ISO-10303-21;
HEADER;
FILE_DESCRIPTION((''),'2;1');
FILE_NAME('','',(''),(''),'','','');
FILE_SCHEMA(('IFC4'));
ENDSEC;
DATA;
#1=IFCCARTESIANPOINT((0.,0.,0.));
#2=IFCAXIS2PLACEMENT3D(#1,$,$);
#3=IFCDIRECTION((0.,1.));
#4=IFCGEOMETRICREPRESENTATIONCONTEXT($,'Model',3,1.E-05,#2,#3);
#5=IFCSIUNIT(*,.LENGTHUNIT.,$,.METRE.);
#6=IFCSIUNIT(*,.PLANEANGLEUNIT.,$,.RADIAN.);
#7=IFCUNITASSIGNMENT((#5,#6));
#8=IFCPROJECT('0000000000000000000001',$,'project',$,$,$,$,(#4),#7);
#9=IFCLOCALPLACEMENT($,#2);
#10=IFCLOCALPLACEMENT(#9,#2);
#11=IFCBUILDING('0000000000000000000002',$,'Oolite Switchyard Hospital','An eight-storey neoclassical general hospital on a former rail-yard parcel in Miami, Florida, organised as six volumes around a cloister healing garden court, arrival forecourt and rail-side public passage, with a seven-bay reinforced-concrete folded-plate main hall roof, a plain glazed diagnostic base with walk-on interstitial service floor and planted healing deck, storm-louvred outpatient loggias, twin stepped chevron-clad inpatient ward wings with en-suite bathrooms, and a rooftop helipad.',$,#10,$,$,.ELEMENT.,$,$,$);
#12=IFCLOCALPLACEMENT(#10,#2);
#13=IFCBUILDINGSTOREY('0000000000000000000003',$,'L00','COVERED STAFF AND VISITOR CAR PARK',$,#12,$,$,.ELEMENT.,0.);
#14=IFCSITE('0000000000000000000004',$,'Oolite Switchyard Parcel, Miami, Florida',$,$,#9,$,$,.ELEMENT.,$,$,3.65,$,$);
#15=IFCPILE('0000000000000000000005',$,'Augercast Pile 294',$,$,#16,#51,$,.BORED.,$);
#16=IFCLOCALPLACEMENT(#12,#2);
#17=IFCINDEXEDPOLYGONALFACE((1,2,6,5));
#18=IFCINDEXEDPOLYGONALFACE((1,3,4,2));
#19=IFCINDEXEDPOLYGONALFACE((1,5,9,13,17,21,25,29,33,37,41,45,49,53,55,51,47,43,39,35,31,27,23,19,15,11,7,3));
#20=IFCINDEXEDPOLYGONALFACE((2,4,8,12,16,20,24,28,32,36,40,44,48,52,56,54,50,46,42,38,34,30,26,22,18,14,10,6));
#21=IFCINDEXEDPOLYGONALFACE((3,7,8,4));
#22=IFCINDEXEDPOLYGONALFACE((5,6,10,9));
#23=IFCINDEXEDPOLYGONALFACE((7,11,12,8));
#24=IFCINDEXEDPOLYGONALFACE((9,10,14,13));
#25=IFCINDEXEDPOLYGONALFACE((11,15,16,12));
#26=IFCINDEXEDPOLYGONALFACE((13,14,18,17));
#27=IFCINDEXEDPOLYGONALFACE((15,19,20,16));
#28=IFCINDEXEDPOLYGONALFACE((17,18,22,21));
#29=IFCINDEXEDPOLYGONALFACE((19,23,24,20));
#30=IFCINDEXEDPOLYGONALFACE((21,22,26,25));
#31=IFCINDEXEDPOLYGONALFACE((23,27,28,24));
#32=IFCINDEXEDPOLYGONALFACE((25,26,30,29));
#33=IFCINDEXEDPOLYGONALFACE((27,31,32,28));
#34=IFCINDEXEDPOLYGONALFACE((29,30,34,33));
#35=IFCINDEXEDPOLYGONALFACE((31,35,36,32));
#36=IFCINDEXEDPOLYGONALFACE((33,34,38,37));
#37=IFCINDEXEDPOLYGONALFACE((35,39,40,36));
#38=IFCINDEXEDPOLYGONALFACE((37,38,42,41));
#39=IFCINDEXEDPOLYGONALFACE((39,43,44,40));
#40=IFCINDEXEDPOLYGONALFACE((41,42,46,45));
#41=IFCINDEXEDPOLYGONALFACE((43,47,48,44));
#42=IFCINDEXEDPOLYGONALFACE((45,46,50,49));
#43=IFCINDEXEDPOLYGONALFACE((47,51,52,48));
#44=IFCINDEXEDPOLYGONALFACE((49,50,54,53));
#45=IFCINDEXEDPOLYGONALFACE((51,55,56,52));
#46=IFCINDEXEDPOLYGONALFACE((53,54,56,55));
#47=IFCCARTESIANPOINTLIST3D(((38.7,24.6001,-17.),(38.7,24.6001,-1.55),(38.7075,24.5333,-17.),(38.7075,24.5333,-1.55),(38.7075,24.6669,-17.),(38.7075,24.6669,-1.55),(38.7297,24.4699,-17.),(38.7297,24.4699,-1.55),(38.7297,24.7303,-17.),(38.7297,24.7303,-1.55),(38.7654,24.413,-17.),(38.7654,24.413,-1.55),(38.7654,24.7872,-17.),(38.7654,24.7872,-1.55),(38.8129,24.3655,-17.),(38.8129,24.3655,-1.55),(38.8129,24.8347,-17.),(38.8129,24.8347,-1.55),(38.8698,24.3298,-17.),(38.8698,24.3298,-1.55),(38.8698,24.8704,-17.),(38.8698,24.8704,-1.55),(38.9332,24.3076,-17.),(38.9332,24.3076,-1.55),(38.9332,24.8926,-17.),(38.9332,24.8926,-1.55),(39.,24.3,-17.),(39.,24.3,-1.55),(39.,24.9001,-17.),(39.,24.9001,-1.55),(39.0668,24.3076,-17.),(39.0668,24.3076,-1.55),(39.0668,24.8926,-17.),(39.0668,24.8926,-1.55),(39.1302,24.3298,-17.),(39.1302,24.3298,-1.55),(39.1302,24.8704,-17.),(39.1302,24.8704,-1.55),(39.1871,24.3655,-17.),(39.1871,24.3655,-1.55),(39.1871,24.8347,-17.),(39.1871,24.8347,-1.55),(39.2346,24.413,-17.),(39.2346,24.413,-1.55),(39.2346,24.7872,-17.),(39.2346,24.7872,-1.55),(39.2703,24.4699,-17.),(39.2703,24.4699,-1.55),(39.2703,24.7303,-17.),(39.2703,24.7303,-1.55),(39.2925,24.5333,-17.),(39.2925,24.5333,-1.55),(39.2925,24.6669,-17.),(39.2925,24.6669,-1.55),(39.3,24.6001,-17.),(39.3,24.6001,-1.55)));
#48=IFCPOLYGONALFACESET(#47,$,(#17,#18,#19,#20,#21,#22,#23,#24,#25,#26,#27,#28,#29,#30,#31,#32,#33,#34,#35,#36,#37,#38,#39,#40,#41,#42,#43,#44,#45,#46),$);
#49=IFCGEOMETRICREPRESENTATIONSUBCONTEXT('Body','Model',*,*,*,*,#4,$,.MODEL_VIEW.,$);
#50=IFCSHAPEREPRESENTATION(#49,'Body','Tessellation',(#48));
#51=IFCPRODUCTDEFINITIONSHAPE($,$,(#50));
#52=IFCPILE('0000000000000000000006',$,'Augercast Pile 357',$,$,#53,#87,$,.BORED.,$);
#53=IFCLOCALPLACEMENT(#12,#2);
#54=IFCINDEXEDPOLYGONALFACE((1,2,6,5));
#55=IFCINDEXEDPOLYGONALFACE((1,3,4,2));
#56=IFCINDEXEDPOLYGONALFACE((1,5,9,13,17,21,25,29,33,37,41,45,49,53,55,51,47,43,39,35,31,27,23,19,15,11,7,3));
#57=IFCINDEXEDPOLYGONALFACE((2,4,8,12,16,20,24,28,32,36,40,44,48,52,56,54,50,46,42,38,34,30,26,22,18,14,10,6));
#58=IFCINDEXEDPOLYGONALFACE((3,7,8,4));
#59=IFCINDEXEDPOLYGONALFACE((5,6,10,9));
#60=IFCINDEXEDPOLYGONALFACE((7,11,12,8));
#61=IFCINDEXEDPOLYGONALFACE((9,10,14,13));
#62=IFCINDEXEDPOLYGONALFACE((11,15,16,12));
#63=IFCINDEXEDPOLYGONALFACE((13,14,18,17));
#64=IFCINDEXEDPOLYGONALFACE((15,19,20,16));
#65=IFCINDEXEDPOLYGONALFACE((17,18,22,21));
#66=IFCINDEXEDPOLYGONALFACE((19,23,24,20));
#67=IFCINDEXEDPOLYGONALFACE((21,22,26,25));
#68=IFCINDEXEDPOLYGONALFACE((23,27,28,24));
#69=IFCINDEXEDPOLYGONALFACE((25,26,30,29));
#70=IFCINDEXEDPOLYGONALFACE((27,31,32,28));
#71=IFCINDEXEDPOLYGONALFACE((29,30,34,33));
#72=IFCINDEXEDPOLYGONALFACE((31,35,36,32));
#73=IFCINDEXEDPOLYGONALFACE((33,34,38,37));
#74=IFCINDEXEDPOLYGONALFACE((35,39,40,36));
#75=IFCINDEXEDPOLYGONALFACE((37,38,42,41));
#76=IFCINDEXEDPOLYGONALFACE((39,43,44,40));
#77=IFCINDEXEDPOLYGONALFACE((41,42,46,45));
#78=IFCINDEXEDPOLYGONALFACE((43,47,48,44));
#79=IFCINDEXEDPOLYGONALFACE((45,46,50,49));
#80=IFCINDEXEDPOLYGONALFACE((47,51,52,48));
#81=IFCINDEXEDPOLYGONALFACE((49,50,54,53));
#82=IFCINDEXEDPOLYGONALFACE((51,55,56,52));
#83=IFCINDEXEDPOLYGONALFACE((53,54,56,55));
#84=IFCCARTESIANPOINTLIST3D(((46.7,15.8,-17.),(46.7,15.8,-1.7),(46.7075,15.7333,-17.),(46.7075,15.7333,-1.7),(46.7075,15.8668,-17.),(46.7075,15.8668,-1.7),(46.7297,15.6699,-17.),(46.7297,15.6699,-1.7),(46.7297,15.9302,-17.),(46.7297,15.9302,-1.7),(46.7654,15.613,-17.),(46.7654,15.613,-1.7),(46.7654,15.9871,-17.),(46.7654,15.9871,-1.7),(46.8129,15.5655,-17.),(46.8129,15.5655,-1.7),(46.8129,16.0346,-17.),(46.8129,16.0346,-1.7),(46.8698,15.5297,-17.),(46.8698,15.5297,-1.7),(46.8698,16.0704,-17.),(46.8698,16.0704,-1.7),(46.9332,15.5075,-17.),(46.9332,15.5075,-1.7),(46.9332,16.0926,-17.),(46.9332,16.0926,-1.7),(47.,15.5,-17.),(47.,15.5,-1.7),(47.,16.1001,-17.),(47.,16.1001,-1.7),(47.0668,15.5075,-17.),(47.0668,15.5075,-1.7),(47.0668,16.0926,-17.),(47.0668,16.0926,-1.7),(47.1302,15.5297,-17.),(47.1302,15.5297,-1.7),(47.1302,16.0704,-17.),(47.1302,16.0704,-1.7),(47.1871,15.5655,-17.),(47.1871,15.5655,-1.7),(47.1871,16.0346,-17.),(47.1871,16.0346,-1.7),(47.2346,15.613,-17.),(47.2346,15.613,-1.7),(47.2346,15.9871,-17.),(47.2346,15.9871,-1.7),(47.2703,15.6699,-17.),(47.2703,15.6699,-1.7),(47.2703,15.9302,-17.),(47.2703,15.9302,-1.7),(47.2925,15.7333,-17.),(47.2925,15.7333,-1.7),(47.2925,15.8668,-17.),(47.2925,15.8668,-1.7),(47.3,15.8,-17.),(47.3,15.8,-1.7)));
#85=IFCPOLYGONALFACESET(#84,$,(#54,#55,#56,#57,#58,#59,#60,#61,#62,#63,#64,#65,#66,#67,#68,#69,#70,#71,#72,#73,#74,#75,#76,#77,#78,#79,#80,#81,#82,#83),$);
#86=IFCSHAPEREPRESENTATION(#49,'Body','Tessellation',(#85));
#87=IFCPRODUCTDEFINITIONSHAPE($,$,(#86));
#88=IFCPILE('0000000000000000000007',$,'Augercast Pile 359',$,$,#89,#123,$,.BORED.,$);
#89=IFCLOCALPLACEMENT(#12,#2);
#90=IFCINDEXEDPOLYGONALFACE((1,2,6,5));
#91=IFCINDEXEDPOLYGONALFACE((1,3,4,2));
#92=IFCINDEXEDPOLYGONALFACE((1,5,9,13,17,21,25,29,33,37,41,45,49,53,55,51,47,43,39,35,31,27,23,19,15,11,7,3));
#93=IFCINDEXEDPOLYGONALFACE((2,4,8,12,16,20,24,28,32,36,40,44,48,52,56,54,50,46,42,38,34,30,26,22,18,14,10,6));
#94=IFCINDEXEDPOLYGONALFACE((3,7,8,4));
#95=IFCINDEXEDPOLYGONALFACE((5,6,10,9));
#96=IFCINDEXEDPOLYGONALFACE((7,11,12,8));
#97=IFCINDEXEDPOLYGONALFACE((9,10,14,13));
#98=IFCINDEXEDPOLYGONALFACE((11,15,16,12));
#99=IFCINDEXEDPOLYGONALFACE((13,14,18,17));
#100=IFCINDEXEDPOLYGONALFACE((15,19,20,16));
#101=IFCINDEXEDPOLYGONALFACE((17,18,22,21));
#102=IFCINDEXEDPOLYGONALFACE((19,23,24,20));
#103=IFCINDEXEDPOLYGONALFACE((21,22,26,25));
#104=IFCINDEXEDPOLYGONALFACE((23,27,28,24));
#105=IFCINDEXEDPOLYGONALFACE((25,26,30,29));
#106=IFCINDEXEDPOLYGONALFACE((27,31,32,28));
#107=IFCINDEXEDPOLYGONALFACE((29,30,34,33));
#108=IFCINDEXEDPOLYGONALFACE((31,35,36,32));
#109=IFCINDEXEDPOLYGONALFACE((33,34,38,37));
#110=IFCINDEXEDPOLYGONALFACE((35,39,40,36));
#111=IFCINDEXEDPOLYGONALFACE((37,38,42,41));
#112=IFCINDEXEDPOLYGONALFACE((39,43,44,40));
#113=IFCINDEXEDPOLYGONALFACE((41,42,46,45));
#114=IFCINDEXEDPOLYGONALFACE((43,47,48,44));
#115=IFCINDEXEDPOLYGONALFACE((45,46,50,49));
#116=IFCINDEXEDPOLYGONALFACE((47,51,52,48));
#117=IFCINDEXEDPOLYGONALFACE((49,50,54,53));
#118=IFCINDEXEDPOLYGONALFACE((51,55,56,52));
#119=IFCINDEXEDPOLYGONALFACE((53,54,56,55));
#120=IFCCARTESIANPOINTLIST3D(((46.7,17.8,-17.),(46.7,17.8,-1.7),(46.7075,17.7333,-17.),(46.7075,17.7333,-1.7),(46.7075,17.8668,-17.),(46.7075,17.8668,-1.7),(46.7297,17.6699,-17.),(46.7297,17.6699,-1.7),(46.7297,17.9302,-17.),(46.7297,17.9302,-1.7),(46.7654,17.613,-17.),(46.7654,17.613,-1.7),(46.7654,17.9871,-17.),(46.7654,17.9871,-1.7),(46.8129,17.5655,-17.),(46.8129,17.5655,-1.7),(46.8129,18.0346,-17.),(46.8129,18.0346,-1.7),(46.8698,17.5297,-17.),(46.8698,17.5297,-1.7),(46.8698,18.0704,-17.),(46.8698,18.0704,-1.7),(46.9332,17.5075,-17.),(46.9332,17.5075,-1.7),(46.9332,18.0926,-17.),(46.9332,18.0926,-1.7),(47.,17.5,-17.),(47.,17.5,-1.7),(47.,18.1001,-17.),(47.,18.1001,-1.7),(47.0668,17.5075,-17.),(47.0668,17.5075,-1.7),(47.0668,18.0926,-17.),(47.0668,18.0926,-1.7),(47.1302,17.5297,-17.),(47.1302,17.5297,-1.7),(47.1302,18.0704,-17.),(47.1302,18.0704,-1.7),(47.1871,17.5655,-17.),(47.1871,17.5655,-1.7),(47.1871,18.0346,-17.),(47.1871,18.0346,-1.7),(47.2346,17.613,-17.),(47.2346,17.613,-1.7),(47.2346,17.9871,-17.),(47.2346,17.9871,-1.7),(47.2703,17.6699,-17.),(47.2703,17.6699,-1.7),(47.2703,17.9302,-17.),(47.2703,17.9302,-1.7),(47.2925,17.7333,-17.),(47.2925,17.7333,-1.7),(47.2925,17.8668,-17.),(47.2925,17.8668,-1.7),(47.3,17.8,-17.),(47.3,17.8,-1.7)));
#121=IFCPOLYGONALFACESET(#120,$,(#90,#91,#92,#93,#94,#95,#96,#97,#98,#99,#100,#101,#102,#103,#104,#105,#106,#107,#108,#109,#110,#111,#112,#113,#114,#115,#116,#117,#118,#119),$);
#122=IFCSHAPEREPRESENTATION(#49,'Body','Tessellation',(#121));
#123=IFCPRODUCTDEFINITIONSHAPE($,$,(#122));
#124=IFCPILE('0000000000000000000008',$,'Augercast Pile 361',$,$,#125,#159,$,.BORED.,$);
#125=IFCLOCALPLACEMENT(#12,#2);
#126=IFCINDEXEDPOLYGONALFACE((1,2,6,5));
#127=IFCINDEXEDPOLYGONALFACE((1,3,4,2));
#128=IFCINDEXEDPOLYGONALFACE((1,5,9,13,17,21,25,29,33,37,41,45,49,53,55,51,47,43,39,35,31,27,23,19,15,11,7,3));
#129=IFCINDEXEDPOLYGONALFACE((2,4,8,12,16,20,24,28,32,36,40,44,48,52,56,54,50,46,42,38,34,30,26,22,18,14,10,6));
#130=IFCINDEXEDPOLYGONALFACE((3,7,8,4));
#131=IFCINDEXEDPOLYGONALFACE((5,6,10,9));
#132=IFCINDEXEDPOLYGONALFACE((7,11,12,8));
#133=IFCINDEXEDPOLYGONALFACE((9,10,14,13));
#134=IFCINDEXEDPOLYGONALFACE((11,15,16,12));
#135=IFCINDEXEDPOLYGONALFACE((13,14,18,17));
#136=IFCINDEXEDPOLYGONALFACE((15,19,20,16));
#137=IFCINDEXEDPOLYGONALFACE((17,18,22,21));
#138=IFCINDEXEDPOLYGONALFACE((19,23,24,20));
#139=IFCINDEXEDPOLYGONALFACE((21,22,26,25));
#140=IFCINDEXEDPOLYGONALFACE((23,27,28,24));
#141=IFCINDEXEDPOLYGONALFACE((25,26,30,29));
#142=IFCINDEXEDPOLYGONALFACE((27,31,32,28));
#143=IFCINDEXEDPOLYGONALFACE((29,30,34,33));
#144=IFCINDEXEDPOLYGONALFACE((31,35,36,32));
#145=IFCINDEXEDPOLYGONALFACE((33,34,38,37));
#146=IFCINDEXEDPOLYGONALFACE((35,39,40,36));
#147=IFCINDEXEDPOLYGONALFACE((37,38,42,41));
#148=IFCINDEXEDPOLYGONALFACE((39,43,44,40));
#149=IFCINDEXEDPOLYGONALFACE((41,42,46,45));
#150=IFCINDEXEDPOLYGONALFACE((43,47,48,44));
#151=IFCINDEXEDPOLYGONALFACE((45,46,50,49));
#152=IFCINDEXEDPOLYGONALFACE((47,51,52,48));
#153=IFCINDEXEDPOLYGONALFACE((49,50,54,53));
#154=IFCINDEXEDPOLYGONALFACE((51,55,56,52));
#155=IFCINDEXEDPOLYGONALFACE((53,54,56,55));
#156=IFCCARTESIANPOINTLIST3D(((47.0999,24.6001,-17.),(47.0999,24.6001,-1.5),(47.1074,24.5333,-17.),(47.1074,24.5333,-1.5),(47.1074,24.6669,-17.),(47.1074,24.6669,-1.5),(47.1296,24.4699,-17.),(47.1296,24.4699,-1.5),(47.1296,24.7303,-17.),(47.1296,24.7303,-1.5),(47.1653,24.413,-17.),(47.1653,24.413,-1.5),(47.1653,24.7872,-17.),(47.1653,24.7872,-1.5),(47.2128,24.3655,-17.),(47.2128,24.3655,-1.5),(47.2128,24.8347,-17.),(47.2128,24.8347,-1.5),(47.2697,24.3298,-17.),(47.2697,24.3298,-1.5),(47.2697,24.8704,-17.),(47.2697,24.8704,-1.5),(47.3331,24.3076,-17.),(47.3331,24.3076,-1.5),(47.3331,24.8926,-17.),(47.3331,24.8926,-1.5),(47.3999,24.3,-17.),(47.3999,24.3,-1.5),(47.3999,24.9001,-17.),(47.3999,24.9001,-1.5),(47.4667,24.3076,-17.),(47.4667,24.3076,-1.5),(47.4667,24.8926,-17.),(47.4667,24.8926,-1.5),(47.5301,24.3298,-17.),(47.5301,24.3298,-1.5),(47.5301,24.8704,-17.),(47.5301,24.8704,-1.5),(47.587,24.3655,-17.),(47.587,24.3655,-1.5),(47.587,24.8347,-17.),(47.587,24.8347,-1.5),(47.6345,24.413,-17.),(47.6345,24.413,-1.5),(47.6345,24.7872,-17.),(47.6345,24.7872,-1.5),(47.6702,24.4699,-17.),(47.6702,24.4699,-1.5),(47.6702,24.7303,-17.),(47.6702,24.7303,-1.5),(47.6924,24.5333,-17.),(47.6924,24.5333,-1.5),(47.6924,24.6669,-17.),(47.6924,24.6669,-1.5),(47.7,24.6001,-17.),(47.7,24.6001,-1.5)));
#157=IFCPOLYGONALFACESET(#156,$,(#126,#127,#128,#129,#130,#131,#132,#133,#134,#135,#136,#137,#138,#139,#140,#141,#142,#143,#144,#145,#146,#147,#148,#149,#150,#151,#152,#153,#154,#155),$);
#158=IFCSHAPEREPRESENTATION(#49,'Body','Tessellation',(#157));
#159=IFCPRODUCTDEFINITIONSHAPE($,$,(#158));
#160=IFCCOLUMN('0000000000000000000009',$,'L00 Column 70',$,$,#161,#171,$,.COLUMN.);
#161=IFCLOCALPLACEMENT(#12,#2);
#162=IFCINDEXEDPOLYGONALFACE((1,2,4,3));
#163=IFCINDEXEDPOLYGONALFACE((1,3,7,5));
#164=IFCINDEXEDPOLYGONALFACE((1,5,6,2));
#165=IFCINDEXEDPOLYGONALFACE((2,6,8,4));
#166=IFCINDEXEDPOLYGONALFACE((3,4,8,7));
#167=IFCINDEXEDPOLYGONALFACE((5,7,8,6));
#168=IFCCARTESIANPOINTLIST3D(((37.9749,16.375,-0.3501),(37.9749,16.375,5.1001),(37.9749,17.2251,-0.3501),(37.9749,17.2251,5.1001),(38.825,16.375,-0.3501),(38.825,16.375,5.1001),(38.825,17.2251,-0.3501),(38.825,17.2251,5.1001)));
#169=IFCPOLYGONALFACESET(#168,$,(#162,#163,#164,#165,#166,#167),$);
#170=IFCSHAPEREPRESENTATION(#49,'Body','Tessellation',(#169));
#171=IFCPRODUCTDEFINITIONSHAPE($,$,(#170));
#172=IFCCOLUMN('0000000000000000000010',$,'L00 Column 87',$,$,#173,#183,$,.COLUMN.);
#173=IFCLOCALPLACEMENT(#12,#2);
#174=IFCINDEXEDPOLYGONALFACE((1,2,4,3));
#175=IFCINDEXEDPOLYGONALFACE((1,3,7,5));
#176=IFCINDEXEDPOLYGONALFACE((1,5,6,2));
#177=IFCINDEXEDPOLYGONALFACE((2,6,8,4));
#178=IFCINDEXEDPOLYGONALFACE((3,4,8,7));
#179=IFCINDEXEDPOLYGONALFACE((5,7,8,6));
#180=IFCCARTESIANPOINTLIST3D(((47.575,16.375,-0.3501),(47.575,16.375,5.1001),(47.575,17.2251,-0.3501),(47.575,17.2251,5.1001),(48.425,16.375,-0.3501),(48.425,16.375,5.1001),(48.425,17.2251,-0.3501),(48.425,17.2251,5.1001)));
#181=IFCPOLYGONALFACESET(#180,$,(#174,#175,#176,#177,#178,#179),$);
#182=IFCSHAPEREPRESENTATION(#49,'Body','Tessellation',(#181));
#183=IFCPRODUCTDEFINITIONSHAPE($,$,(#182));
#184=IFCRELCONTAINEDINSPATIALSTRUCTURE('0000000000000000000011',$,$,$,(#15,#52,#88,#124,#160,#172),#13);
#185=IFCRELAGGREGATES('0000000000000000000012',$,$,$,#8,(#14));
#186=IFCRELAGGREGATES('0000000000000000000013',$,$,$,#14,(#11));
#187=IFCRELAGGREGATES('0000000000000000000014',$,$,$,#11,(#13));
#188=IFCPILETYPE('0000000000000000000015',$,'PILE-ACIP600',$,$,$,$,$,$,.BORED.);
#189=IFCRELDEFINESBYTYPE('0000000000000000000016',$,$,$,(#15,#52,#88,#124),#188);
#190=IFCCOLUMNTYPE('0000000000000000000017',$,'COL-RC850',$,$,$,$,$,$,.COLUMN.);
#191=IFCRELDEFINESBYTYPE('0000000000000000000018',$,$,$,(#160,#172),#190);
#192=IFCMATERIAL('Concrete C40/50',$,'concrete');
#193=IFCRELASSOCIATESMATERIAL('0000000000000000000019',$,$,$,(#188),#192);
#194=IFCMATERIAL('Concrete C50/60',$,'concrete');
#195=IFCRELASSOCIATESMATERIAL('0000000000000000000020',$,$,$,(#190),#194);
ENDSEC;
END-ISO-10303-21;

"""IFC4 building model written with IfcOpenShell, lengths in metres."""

from ifc_helpers import new_model, si_unit, direction, frame, origin, origin_2d, place, context, subcontext, project, spatial, rectangle, circle, extrude, material, material_profile, profile_set, type_object, element, save


model = new_model("IFC4")

# Units and contexts
model_context = context("Model", 3, precision=1e-05, world=origin(), true_north=direction((0.0, 1.0)))
body_context = subcontext(model_context, "Body", "Model", "MODEL_VIEW")
ifc_project = project(units=[si_unit("LENGTHUNIT", "METRE"), si_unit("PLANEANGLEUNIT", "RADIAN")], contexts=[model_context])

# Site, building, storey
site_placement = place(None, origin())
site = spatial("IfcSite", under=ifc_project, at=site_placement, Name="Oolite Switchyard Parcel, Miami, Florida", CompositionType="ELEMENT", RefElevation=3.65)
building_placement = place(site_placement, origin())
building = spatial("IfcBuilding", under=site, at=building_placement, Name="Oolite Switchyard Hospital", Description="An eight-storey neoclassical general hospital on a former rail-yard parcel in Miami, Florida, organised as six volumes around a cloister healing garden court, arrival forecourt and rail-side public passage, with a seven-bay reinforced-concrete folded-plate main hall roof, a plain glazed diagnostic base with walk-on interstitial service floor and planted healing deck, storm-louvred outpatient loggias, twin stepped chevron-clad inpatient ward wings with en-suite bathrooms, and a rooftop helipad.", CompositionType="ELEMENT")
storey_placement = place(building_placement, origin())
storey = spatial("IfcBuildingStorey", under=building, at=storey_placement, Name="L00", Description="COVERED STAFF AND VISITOR CAR PARK", CompositionType="ELEMENT", Elevation=0.0)

# Shared definitions
ifc_material_1 = material(Name="Concrete C40/50", Category="concrete")

# Piles
ifc_material_profile_1 = material_profile(ifc_material_1, circle(Radius=0.3, at=origin_2d()), Name="PILE600")
ifc_profile_set_1 = profile_set([ifc_material_profile_1], Name="Concrete C40/50")
pile_type = type_object("IfcPileType", Name="PILE-ACIP600", PredefinedType="BORED", material=ifc_profile_set_1)
pile_1_placement = place(storey_placement, frame((39.0, 24.6001, -1.55), z_axis=(0.0, 0.0, -1.0), x_axis=(1.0, 0.0, 0.0)))
element("IfcPile", 1, at=pile_1_placement, inside=storey, type_object=pile_type, Name="Augercast Pile 294", PredefinedType="BORED", context=body_context, shape_type="SweptSolid", body=[
    extrude(circle(Radius=0.3, at=origin_2d()), origin(), (0.0, 0.0, 1.0), 15.45),
])
for number, where, z_axis, x_axis, name in (
    (2, (47.0, 15.8, -1.7), (0.0, 0.0, -1.0), (1.0, 0.0, 0.0), "Augercast Pile 357"),
    (3, (47.0, 17.8, -1.7), (0.0, 0.0, -1.0), (1.0, 0.0, 0.0), "Augercast Pile 359"),
):
    element("IfcPile", number, at=place(storey_placement, frame(where, z_axis=z_axis, x_axis=x_axis)), inside=storey, type_object=pile_type, Name=name, PredefinedType="BORED", context=body_context, shape_type="SweptSolid", body=[
        extrude(circle(Radius=0.3, at=origin_2d()), origin(), (0.0, 0.0, 1.0), 15.3),
    ])
pile_2_placement = place(storey_placement, frame((47.3999, 24.6001, -1.5), z_axis=(0.0, 0.0, -1.0), x_axis=(1.0, 0.0, 0.0)))
element("IfcPile", 4, at=pile_2_placement, inside=storey, type_object=pile_type, Name="Augercast Pile 361", PredefinedType="BORED", context=body_context, shape_type="SweptSolid", body=[
    extrude(circle(Radius=0.3, at=origin_2d()), origin(), (0.0, 0.0, 1.0), 15.5),
])

# Columns
ifc_material_2 = material(Name="Concrete C50/60", Category="concrete")
ifc_material_profile_2 = material_profile(ifc_material_2, rectangle(XDim=0.8501, YDim=0.8501, at=origin_2d()), Name="RC850X850")
ifc_profile_set_2 = profile_set([ifc_material_profile_2], Name="Concrete C50/60")
column_type = type_object("IfcColumnType", Name="COL-RC850", PredefinedType="COLUMN", material=ifc_profile_set_2)
for number, where, z_axis, x_axis, name in (
    (5, (38.3999, 16.8, -0.3501), (0.0, 0.0, 1.0), (1.0, 0.0, 0.0), "L00 Column 70"),
    (6, (48.0, 16.8, -0.3501), (0.0, 0.0, 1.0), (1.0, 0.0, 0.0), "L00 Column 87"),
):
    element("IfcColumn", number, at=place(storey_placement, frame(where, z_axis=z_axis, x_axis=x_axis)), inside=storey, type_object=column_type, Name=name, PredefinedType="COLUMN", context=body_context, shape_type="SweptSolid", body=[
        extrude(rectangle(XDim=0.8501, YDim=0.8501, at=origin_2d()), origin(), (0.0, 0.0, 1.0), 5.4502),
    ])

save(model, "model.ifc")
